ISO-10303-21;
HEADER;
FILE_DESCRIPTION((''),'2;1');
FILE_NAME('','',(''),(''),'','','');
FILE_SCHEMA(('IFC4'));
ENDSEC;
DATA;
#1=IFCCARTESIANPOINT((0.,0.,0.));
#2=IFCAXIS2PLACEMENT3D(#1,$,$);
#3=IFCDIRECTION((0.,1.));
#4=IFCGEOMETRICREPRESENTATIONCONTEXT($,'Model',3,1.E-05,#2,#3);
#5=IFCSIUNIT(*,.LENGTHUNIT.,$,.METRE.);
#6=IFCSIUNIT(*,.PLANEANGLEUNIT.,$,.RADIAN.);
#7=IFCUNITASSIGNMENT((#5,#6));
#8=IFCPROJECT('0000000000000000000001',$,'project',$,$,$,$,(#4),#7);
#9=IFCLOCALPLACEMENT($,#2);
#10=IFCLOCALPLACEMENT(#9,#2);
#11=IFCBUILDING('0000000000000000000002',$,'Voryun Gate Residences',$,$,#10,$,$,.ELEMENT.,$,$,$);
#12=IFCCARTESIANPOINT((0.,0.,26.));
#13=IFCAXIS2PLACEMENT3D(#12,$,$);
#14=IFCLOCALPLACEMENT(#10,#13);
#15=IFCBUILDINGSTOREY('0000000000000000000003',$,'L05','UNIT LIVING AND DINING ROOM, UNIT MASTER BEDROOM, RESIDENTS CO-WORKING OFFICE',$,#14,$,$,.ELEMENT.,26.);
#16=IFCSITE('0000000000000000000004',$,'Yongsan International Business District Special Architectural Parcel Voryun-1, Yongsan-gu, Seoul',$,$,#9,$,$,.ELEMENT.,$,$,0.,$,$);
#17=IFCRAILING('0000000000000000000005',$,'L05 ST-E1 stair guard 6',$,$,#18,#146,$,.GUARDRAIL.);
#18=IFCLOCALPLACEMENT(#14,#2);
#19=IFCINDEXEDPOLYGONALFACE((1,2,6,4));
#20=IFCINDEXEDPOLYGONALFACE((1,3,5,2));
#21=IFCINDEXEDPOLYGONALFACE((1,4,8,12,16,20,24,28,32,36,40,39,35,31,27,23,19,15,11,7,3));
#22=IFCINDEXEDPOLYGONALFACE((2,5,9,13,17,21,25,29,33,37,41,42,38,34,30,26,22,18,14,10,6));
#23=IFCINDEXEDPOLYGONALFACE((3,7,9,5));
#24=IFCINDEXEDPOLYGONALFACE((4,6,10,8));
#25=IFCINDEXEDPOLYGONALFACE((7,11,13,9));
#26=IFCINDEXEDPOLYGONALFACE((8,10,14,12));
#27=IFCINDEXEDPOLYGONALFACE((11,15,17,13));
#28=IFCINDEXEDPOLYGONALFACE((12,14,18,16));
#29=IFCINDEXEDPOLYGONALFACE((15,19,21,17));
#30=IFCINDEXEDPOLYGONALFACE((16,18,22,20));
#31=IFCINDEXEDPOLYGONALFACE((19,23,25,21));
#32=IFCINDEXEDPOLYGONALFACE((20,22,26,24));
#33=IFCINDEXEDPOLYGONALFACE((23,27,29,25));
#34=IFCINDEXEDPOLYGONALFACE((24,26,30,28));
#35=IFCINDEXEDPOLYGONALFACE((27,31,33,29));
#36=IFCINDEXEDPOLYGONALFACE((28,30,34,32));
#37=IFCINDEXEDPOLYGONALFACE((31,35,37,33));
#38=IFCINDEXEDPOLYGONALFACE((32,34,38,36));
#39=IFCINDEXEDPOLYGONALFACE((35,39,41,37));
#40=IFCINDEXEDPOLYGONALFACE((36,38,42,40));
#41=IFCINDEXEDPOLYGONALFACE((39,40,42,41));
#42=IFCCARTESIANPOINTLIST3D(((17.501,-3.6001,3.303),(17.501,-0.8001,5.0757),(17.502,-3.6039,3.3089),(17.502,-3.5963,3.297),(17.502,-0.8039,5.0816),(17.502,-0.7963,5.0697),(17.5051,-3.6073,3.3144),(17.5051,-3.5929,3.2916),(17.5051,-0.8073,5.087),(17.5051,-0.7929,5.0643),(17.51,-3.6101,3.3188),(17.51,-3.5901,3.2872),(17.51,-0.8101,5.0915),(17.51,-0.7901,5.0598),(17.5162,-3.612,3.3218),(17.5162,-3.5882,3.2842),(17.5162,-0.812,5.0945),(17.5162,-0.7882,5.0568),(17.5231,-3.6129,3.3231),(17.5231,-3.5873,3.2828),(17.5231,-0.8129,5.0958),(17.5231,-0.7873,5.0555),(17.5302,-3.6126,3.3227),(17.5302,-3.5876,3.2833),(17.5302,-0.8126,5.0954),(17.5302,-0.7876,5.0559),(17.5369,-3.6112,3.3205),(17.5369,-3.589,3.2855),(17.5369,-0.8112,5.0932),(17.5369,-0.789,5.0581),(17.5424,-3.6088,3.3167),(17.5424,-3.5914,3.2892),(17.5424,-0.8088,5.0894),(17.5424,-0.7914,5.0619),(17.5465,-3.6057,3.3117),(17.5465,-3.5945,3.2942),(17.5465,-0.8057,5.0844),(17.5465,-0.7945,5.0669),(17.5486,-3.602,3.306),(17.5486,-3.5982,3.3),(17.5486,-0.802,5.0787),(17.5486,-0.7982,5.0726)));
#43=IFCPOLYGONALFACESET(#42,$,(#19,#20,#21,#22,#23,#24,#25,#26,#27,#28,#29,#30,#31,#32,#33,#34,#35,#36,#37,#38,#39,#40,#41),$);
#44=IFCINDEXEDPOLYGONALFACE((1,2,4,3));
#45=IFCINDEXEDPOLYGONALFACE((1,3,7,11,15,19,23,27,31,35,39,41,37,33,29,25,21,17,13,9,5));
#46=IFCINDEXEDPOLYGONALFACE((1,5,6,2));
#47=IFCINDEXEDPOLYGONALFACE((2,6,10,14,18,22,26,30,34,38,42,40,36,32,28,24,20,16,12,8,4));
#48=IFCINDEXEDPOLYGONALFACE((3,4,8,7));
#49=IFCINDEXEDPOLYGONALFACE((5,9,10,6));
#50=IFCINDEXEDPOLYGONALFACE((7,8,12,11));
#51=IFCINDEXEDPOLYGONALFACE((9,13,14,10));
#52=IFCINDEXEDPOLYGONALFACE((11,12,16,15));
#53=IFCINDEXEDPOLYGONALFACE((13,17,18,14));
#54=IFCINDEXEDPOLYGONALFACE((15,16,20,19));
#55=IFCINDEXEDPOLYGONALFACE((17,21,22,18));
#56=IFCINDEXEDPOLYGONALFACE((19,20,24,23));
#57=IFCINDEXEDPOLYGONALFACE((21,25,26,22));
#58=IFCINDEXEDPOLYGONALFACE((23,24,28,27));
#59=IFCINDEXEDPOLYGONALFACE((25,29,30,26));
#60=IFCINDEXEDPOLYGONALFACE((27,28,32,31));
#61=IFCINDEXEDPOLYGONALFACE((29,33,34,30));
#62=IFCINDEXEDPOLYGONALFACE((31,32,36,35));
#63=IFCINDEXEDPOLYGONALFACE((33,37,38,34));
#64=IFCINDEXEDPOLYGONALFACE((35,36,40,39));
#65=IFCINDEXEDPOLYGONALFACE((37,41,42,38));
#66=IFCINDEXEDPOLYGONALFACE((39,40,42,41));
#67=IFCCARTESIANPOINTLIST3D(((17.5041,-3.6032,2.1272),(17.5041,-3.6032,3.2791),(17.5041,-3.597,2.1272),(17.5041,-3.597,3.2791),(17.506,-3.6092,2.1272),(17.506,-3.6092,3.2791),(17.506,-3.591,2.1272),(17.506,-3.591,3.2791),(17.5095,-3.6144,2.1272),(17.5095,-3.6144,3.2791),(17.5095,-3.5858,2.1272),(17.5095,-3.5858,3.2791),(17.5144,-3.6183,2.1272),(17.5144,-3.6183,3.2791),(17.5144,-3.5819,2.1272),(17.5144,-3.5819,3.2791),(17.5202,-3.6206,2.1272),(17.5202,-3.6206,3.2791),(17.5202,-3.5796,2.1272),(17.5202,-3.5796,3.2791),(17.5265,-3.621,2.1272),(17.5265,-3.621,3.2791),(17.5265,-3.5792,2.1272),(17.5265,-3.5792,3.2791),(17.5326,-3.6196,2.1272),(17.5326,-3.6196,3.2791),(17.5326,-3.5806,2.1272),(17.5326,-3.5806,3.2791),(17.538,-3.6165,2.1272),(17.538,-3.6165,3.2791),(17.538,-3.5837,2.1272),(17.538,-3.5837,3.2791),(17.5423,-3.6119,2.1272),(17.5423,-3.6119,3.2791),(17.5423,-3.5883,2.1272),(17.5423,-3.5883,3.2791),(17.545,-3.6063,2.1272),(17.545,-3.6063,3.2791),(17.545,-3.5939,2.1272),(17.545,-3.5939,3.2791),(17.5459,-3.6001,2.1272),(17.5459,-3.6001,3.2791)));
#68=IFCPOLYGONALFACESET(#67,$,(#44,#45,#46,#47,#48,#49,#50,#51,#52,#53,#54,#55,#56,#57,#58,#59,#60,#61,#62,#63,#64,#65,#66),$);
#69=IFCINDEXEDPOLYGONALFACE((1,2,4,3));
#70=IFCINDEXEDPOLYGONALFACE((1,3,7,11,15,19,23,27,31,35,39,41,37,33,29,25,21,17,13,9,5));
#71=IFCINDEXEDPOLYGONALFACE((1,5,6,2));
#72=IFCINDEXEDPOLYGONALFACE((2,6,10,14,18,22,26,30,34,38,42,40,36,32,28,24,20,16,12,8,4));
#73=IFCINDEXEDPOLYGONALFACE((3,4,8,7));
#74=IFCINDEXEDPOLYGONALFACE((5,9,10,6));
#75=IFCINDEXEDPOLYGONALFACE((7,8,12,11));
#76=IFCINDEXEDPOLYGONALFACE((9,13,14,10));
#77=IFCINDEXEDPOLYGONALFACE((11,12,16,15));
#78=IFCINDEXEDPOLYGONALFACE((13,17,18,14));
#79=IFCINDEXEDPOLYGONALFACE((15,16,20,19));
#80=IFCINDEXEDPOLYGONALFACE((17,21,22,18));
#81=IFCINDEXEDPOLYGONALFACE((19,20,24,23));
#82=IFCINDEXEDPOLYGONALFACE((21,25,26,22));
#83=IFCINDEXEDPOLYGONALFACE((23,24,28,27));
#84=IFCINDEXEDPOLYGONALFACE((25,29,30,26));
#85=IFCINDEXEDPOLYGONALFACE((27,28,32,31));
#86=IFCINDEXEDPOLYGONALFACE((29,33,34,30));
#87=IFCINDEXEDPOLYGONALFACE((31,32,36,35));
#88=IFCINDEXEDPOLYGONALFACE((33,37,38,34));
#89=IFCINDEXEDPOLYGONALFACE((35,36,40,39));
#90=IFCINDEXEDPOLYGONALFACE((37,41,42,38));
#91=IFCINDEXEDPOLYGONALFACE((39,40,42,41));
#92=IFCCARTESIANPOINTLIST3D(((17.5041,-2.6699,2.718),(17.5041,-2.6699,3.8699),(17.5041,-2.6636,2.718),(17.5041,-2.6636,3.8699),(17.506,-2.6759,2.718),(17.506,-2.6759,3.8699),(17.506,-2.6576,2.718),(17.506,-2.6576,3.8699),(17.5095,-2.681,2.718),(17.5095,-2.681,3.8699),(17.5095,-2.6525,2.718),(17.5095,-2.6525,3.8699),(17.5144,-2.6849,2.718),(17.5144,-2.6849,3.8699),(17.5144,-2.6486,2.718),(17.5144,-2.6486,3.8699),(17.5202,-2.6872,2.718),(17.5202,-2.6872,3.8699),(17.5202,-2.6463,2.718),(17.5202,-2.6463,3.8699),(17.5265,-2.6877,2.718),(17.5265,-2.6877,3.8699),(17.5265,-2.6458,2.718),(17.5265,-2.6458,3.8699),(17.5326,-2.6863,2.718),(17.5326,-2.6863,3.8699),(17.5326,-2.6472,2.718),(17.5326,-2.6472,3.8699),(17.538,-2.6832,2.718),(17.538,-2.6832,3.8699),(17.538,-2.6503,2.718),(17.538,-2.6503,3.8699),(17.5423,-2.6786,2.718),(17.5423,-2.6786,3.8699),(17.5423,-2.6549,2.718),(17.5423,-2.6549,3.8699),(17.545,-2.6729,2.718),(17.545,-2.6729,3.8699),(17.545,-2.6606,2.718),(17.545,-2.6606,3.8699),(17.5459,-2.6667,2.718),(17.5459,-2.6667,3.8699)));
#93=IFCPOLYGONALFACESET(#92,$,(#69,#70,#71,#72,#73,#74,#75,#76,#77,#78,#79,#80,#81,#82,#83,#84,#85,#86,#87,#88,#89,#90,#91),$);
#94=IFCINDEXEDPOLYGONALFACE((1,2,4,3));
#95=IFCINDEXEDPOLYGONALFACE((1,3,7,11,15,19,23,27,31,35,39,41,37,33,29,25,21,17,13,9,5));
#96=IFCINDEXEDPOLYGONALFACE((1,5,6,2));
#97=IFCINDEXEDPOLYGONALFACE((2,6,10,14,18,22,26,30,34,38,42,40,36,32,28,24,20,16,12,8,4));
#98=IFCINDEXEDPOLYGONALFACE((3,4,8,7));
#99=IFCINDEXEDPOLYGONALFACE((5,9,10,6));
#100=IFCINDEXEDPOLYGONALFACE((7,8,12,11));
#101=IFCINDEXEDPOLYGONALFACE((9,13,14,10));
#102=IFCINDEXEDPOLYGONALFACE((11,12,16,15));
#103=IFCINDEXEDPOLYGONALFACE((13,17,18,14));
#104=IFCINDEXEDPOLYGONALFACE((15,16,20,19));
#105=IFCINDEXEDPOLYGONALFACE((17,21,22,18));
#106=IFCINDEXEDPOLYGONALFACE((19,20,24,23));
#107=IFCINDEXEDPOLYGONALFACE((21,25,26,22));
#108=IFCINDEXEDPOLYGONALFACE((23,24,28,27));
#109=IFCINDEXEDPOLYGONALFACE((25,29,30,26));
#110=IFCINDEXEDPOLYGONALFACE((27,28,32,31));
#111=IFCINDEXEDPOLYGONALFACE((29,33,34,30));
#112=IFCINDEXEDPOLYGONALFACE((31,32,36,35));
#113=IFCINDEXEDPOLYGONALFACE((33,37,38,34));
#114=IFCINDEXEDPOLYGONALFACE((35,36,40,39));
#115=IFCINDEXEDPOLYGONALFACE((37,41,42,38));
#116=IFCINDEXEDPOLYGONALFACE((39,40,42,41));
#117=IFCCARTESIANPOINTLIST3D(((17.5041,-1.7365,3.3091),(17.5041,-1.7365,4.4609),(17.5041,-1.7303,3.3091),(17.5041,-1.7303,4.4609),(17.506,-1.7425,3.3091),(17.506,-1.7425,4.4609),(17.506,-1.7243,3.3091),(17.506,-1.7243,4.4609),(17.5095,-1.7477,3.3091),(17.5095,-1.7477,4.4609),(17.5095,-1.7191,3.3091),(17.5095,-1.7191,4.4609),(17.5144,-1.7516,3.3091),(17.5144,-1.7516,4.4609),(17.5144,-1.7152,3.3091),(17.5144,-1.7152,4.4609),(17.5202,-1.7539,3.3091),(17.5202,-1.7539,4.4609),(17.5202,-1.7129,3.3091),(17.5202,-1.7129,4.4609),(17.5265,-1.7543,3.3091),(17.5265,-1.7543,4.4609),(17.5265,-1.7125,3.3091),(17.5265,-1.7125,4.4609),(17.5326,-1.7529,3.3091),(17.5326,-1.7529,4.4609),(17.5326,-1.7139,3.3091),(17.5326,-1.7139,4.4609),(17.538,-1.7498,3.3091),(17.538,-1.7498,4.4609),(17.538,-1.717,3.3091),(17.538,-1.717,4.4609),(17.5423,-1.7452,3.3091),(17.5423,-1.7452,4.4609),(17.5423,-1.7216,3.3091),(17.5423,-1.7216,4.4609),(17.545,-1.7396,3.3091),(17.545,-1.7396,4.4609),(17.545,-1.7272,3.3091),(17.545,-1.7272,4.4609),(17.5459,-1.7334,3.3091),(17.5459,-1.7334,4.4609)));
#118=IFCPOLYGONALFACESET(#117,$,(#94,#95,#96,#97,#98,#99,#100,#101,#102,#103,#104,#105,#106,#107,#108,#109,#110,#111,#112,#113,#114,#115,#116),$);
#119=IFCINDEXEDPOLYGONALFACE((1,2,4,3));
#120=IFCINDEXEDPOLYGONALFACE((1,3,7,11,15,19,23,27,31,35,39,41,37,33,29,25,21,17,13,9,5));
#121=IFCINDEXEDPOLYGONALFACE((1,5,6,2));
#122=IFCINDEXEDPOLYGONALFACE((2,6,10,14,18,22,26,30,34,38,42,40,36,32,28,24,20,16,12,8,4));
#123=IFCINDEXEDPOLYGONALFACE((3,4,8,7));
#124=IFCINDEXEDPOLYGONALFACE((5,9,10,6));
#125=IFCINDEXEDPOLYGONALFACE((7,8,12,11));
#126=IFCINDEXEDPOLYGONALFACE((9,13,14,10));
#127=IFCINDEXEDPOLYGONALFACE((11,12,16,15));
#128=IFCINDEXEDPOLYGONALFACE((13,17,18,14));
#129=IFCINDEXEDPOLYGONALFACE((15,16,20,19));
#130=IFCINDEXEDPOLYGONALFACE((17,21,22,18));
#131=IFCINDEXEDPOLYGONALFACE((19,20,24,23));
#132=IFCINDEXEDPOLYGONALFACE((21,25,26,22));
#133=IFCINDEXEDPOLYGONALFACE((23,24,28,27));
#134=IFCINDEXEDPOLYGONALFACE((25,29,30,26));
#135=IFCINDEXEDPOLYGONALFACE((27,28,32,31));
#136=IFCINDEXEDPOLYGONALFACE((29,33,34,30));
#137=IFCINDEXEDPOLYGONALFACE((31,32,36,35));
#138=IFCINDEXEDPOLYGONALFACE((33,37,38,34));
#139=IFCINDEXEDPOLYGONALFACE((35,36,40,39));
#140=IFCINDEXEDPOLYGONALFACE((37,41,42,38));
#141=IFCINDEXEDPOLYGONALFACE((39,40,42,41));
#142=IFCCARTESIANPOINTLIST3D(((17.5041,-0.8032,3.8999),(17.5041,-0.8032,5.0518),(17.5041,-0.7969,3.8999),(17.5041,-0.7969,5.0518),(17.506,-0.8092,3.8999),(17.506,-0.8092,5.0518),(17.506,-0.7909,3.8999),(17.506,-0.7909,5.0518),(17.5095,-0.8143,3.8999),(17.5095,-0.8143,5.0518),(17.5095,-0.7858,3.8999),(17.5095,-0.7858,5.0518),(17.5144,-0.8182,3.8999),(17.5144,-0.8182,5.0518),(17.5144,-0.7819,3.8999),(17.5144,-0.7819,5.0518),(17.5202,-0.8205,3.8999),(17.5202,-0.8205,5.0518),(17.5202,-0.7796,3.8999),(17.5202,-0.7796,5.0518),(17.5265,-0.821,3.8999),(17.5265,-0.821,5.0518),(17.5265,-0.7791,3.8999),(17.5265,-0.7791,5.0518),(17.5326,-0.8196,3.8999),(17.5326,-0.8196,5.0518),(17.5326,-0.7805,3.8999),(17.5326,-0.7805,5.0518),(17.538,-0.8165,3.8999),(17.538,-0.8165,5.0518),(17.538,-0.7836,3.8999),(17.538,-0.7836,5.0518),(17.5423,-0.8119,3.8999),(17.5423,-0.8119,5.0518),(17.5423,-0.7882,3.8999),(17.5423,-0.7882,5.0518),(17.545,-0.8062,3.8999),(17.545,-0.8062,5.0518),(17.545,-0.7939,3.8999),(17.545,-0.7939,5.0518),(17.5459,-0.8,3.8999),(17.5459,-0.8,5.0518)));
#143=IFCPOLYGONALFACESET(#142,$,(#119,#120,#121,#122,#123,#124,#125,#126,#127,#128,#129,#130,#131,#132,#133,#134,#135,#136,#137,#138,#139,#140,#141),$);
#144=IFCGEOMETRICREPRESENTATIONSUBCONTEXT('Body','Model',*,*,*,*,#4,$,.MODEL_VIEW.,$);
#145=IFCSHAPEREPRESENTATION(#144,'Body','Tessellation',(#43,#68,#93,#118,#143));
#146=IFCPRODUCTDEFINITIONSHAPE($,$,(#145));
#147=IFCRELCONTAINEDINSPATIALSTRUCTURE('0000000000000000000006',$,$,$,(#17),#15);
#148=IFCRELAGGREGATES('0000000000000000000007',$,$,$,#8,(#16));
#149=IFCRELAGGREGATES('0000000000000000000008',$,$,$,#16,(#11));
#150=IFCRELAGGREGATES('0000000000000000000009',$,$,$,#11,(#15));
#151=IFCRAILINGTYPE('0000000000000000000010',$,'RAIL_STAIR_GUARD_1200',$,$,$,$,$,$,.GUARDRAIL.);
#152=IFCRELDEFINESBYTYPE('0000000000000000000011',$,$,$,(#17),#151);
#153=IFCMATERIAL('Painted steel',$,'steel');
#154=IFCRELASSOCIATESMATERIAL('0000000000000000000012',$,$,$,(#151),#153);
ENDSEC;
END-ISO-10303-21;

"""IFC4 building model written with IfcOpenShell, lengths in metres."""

from ifc_helpers import new_model, si_unit, direction, frame, origin, origin_2d, place, context, subcontext, project, spatial, circle, extrude, material, type_object, element, save


model = new_model("IFC4")

# Units and contexts
model_context = context("Model", 3, precision=1e-05, world=origin(), true_north=direction((0.0, 1.0)))
body_context = subcontext(model_context, "Body", "Model", "MODEL_VIEW")
ifc_project = project(units=[si_unit("LENGTHUNIT", "METRE"), si_unit("PLANEANGLEUNIT", "RADIAN")], contexts=[model_context])

# Site, building, storey
site_placement = place(None, origin())
site = spatial("IfcSite", under=ifc_project, at=site_placement, Name="Yongsan International Business District Special Architectural Parcel Voryun-1, Yongsan-gu, Seoul", CompositionType="ELEMENT", RefElevation=0.0)
building_placement = place(site_placement, origin())
building = spatial("IfcBuilding", under=site, at=building_placement, Name="Voryun Gate Residences", CompositionType="ELEMENT")
storey_placement = place(building_placement, frame((0.0, 0.0, 26.0)))
storey = spatial("IfcBuildingStorey", under=building, at=storey_placement, Name="L05", Description="UNIT LIVING AND DINING ROOM, UNIT MASTER BEDROOM, RESIDENTS CO-WORKING OFFICE", CompositionType="ELEMENT", Elevation=26.0)

# Railing
ifc_material_1 = material(Name="Painted steel", Category="steel")
railing_type_1 = type_object("IfcRailingType", Name="RAIL_STAIR_GUARD_1200", PredefinedType="GUARDRAIL", material=ifc_material_1)
railing_1_placement = place(storey_placement, frame((17.5249, -3.6001, 2.1272)))
element("IfcRailing", 1, at=railing_1_placement, inside=storey, type_object=railing_type_1, Name="L05 ST-E1 stair guard 6", PredefinedType="GUARDRAIL", context=body_context, shape_type="SweptSolid", body=[
    extrude(circle(Radius=0.0239, at=origin_2d()), frame((0.0, 0.0, 1.1758), z_axis=(0.0, 0.844909, 0.53491), x_axis=(-1.0, 0.0, 0.0)), (0.0, 0.0, 1.0), 3.314),
    extrude(circle(Radius=0.021, at=origin_2d()), origin(), (0.0, 0.0, 1.0), 1.1519),
    extrude(circle(Radius=0.021, at=origin_2d()), frame((0.0, 0.9333, 0.5908)), (0.0, 0.0, 1.0), 1.1519),
    extrude(circle(Radius=0.021, at=origin_2d()), frame((0.0, 1.8667, 1.1819)), (0.0, 0.0, 1.0), 1.1519),
    extrude(circle(Radius=0.021, at=origin_2d()), frame((0.0, 2.8, 1.7727)), (0.0, 0.0, 1.0), 1.1519),
])

save(model, "model.ifc")
